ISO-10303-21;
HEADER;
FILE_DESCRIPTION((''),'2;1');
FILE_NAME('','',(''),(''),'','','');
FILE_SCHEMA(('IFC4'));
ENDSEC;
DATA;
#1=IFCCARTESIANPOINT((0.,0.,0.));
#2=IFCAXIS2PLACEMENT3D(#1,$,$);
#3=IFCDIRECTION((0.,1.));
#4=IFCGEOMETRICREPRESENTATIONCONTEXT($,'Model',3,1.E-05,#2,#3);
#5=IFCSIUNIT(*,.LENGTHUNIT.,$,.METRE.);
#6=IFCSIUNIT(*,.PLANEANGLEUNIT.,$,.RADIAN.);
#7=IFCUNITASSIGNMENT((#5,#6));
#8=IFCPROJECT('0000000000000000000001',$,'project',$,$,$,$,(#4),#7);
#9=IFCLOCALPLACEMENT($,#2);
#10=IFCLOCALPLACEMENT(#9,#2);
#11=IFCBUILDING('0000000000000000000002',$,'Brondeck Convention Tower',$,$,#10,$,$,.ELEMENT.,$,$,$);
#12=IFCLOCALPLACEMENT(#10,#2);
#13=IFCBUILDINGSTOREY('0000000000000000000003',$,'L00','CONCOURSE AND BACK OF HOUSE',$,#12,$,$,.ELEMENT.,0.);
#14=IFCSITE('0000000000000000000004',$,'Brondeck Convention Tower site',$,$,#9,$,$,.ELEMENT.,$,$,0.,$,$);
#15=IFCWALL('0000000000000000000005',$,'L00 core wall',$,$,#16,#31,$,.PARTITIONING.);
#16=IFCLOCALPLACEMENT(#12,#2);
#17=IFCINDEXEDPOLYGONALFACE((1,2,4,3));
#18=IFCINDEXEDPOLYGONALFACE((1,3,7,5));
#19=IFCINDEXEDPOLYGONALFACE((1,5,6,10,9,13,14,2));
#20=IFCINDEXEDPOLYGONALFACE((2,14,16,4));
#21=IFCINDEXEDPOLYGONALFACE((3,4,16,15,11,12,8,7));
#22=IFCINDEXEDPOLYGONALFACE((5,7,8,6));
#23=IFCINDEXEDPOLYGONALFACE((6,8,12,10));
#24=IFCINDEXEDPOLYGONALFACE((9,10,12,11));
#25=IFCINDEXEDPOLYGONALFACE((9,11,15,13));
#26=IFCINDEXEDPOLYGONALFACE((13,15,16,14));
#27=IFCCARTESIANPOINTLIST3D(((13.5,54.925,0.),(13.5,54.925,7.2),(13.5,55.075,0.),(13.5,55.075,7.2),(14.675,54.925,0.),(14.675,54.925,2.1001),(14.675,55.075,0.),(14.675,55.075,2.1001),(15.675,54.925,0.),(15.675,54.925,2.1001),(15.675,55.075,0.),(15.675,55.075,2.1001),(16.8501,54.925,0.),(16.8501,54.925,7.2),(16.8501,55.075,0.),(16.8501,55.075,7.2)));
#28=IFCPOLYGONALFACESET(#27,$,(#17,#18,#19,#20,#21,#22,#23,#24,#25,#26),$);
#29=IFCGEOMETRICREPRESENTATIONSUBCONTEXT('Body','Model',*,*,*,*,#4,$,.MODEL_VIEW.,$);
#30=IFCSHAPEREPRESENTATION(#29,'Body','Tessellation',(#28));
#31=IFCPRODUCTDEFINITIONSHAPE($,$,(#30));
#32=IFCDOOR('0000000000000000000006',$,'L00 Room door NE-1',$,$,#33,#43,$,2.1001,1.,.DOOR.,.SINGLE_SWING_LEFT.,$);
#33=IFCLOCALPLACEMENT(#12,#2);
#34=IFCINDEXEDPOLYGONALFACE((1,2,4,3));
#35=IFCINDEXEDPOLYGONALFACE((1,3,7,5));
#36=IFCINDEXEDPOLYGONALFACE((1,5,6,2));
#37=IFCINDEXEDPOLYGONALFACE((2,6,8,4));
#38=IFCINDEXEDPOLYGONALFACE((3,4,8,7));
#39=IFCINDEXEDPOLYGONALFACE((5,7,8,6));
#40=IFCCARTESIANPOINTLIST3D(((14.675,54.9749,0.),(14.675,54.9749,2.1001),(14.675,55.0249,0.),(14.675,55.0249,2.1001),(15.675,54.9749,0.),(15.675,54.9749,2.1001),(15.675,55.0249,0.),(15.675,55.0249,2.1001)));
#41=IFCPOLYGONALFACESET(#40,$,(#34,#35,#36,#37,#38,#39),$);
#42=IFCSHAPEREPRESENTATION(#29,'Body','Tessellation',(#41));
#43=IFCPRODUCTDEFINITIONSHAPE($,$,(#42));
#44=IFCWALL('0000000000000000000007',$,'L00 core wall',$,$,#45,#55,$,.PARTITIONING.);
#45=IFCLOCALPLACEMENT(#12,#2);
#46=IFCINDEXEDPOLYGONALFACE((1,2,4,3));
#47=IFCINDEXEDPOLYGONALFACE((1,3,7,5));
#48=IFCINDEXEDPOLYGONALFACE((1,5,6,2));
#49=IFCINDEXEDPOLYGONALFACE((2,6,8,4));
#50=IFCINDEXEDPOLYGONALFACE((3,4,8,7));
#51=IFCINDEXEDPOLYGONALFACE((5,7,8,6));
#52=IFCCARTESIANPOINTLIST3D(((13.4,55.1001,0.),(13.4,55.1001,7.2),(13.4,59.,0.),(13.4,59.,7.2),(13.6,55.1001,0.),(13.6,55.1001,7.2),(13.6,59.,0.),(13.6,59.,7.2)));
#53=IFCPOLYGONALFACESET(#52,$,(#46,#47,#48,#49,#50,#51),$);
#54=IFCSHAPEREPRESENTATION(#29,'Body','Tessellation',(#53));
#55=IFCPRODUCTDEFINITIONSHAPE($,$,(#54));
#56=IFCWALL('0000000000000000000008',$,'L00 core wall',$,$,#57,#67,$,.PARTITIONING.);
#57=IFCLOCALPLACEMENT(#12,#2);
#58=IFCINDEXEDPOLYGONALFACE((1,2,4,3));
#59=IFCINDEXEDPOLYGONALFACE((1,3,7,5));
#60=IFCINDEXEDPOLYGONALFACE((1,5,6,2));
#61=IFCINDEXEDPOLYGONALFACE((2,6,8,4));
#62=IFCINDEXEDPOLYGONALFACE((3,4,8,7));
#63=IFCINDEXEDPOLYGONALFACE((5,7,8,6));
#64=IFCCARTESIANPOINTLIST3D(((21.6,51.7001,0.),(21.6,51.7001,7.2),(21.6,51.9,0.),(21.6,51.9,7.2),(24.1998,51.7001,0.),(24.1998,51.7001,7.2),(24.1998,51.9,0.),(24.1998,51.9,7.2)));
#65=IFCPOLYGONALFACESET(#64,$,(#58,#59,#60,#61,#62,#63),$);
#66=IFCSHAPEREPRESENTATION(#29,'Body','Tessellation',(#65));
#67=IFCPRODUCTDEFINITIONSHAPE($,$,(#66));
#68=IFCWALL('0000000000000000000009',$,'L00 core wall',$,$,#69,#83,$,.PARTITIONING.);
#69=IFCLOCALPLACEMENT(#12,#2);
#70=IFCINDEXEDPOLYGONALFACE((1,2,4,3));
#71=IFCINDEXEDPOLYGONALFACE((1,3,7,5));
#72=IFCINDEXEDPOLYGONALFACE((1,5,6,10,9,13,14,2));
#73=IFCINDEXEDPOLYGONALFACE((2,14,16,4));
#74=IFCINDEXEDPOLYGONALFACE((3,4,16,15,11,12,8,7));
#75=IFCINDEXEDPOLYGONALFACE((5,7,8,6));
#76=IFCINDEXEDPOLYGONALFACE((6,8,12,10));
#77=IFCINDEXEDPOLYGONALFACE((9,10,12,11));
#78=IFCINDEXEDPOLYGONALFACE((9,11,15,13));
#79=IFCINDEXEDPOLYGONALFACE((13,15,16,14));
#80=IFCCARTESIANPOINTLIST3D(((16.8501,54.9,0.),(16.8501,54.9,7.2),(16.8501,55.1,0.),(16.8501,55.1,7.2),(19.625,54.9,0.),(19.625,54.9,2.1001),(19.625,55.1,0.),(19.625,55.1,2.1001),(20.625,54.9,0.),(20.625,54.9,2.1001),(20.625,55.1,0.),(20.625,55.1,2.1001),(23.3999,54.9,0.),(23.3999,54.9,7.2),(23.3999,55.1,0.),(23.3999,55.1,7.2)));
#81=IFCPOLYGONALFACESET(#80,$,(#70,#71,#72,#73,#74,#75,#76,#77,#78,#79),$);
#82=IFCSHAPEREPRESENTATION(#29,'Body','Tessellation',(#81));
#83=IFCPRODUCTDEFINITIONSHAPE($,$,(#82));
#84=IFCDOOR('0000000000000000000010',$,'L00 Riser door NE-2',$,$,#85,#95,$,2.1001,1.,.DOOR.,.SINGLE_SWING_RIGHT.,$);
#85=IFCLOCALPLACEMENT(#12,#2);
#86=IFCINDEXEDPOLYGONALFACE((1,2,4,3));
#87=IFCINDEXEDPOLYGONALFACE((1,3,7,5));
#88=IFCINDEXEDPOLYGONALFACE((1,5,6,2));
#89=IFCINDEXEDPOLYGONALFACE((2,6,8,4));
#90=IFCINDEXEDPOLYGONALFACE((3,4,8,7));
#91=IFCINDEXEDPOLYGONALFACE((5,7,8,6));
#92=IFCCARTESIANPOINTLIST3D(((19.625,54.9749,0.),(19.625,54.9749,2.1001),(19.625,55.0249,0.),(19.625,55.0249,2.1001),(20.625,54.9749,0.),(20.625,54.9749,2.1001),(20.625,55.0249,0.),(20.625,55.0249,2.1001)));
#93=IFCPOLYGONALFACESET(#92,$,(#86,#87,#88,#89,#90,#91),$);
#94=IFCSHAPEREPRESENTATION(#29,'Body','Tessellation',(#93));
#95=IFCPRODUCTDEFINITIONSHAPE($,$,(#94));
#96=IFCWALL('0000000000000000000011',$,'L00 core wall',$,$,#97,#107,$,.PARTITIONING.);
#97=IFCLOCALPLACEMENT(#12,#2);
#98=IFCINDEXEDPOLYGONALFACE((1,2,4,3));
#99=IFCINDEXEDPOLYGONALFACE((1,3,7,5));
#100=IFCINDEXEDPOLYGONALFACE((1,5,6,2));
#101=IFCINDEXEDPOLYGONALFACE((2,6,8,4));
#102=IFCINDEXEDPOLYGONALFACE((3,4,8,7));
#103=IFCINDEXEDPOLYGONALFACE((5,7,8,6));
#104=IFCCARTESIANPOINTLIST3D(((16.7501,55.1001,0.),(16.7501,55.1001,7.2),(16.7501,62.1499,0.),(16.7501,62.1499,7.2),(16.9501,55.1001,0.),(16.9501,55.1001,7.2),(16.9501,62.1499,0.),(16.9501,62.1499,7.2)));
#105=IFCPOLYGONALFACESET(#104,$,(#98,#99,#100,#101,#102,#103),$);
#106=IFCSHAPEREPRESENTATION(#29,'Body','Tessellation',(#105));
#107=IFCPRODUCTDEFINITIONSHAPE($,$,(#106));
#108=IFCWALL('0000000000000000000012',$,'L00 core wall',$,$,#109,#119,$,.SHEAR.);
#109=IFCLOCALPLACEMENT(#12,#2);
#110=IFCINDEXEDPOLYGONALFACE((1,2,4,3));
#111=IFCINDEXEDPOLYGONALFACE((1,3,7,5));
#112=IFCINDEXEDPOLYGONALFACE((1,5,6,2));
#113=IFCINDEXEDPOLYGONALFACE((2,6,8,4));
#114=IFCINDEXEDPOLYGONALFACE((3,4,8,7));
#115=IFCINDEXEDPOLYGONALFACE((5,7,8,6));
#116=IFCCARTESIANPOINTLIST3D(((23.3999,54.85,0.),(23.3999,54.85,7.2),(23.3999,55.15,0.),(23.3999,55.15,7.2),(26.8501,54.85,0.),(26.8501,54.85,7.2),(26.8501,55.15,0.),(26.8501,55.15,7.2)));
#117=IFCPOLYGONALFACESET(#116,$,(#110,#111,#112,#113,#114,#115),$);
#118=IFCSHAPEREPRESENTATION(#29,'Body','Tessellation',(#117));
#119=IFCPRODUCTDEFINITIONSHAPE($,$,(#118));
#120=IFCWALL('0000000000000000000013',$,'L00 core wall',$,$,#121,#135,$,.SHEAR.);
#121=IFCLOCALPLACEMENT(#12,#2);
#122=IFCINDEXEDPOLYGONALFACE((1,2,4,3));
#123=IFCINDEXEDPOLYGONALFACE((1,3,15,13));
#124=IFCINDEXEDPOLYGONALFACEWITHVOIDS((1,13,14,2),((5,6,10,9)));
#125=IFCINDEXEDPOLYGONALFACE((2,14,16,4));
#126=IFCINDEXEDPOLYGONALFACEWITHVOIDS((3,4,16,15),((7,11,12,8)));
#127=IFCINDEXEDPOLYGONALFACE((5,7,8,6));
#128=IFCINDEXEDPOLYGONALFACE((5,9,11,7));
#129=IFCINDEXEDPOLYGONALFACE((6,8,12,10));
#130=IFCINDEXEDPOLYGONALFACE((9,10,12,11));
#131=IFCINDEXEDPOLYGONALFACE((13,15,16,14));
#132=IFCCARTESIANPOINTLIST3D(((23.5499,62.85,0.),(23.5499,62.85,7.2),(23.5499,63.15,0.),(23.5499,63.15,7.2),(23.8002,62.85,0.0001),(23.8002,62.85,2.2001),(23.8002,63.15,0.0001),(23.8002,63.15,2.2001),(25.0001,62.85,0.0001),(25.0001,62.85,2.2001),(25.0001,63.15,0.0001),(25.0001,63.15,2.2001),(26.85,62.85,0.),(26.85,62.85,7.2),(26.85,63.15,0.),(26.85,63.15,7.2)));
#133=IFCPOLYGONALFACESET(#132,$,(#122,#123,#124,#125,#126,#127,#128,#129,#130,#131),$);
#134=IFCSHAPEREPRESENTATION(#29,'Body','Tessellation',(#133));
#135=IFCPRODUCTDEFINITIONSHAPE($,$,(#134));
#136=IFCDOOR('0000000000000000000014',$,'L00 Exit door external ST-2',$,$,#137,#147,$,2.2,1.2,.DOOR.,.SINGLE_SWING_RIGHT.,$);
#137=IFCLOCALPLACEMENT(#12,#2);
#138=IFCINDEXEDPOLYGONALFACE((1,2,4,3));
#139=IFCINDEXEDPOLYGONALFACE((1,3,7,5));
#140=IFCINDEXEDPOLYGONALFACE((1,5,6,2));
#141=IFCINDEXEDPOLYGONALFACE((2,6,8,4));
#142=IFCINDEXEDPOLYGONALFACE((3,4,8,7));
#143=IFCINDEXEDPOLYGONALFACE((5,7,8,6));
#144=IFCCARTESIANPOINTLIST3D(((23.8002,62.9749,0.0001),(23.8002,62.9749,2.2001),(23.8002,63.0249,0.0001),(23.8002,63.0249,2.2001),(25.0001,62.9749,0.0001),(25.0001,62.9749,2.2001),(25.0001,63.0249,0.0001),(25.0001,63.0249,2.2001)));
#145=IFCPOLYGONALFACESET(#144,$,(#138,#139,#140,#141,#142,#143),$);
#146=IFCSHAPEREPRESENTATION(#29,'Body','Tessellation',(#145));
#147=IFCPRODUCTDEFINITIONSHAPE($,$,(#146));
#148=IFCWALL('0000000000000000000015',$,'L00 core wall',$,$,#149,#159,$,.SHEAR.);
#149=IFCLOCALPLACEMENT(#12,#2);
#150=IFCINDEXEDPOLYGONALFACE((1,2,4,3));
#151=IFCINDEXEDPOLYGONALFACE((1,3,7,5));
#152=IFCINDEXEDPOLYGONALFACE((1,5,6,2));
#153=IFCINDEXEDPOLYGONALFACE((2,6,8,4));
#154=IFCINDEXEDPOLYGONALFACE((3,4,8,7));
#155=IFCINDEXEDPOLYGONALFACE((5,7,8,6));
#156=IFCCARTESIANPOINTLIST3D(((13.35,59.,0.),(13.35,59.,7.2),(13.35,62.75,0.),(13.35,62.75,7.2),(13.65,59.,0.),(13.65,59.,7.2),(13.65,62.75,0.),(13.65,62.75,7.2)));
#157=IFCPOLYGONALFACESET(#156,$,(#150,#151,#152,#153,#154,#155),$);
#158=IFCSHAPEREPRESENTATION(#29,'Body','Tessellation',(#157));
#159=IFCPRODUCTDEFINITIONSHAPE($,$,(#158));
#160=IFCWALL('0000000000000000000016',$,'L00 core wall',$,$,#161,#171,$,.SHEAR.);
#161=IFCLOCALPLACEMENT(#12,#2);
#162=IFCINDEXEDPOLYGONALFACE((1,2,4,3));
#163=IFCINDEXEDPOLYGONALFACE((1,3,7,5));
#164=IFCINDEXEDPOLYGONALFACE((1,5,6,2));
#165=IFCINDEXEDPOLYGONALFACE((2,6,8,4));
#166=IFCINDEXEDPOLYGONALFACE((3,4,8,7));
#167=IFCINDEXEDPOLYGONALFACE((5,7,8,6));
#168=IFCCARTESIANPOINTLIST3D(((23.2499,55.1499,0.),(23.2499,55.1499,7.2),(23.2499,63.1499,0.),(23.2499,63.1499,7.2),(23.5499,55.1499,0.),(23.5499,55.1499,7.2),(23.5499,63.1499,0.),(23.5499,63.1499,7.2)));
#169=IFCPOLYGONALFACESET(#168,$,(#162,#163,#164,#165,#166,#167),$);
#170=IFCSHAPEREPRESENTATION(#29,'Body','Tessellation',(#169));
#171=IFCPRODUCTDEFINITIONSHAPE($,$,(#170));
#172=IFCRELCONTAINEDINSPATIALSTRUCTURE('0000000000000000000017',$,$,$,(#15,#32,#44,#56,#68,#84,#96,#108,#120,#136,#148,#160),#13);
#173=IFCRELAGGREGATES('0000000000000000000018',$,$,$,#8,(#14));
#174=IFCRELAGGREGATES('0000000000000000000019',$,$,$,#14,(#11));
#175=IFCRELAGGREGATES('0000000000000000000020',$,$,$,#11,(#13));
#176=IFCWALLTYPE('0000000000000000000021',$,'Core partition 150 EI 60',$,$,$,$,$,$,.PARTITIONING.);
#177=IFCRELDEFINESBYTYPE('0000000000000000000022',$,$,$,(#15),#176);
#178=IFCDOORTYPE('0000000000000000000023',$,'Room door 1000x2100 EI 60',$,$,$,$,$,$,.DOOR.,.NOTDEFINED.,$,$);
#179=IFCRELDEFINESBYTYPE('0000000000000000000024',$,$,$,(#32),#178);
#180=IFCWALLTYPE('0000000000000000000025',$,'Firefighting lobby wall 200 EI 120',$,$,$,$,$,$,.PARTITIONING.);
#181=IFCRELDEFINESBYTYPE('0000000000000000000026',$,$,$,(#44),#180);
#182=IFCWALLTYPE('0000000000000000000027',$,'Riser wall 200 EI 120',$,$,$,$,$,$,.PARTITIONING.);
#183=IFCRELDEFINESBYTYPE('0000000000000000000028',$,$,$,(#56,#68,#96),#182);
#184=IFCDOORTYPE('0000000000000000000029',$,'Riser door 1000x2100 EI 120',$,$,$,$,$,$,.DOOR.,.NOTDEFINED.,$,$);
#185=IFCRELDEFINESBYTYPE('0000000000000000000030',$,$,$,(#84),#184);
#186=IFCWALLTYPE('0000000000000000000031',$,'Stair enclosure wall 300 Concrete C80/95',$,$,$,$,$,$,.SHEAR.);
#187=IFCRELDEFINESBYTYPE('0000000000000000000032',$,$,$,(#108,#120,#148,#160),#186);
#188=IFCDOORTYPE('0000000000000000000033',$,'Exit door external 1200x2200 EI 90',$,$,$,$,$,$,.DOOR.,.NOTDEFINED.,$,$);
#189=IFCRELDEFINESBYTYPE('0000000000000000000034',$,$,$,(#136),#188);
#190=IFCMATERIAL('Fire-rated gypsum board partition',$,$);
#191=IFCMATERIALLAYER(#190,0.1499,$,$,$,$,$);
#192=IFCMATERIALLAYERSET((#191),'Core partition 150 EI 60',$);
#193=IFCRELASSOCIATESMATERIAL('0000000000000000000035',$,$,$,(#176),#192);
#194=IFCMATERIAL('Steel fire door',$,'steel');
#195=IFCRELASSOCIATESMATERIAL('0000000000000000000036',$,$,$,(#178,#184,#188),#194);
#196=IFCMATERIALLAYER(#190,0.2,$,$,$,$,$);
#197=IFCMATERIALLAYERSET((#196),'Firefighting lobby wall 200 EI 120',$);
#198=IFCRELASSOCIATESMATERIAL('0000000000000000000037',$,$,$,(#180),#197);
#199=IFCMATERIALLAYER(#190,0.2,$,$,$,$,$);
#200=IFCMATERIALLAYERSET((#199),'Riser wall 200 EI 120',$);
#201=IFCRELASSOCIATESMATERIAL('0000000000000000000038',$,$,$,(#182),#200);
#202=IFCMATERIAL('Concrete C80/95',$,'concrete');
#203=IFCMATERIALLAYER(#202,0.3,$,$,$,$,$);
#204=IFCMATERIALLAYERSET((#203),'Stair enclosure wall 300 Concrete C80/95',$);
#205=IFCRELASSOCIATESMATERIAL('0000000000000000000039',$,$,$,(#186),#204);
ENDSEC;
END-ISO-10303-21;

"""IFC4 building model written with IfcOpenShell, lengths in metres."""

from ifc_helpers import new_model, si_unit, direction, frame, frame_2d, origin, place, context, subcontext, project, spatial, rectangle, extrude, material, layer, layer_set, type_object, element, fill, save


model = new_model("IFC4")

# Units and contexts
model_context = context("Model", 3, precision=1e-05, world=origin(), true_north=direction((0.0, 1.0)))
body_context = subcontext(model_context, "Body", "Model", "MODEL_VIEW")
ifc_project = project(units=[si_unit("LENGTHUNIT", "METRE"), si_unit("PLANEANGLEUNIT", "RADIAN")], contexts=[model_context])

# Site, building, storey
site_placement = place(None, origin())
site = spatial("IfcSite", under=ifc_project, at=site_placement, Name="Brondeck Convention Tower site", CompositionType="ELEMENT", RefElevation=0.0)
building_placement = place(site_placement, origin())
building = spatial("IfcBuilding", under=site, at=building_placement, Name="Brondeck Convention Tower", CompositionType="ELEMENT")
storey_placement = place(building_placement, origin())
storey = spatial("IfcBuildingStorey", under=building, at=storey_placement, Name="L00", Description="CONCOURSE AND BACK OF HOUSE", CompositionType="ELEMENT", Elevation=0.0)

# Shared definitions
ifc_material_1 = material(Name="Concrete C80/95", Category="concrete")

# Wall, opening, door
ifc_material_2 = material(Name="Fire-rated gypsum board partition")
ifc_layer_1 = layer(ifc_material_2, 0.1499)
ifc_layer_set_1 = layer_set([ifc_layer_1], Name="Core partition 150 EI 60")
wall_type_1 = type_object("IfcWallType", Name="Core partition 150 EI 60", PredefinedType="PARTITIONING", material=ifc_layer_set_1)
wall_1_placement = place(storey_placement, frame((13.5, 55.0, 0.0), z_axis=(0.0, 0.0, 1.0), x_axis=(1.0, 0.0, 0.0)))
wall_1 = element("IfcWall", 1, at=wall_1_placement, inside=storey, type_object=wall_type_1, Name="L00 core wall", PredefinedType="PARTITIONING", context=body_context, shape_type="SweptSolid", body=[
    extrude(rectangle(XDim=3.3501, YDim=0.1499, at=frame_2d((1.675, 0.0))), origin(), (0.0, 0.0, 1.0), 7.2),
])
opening_1_placement = place(wall_1_placement, frame((1.175, 0.0, 0.0)))
opening_1 = element("IfcOpeningElement", 2, at=opening_1_placement, cuts=wall_1, PredefinedType="OPENING", context=body_context, shape_type="SweptSolid", body=[
    extrude(rectangle(XDim=1.0, YDim=2.1001, at=frame_2d((0.5, 1.05))), frame((0.0, 0.085, 0.0), z_axis=(0.0, -1.0, 0.0), x_axis=(1.0, 0.0, 0.0)), (0.0, 0.0, 1.0), 0.1699),
])
ifc_material_3 = material(Name="Steel fire door", Category="steel")
door_type_1 = type_object("IfcDoorType", Name="Room door 1000x2100 EI 60", OperationType="NOTDEFINED", PredefinedType="DOOR", material=ifc_material_3)
door_1_placement = place(opening_1_placement, origin())
door_1 = element("IfcDoor", 3, at=door_1_placement, inside=storey, type_object=door_type_1, Name="L00 Room door NE-1", OperationType="SINGLE_SWING_LEFT", OverallHeight=2.1001, OverallWidth=1.0, PredefinedType="DOOR", context=body_context, shape_type="SweptSolid", body=[
    extrude(rectangle(XDim=1.0, YDim=2.1001, at=frame_2d((0.5, 1.05))), frame((0.0, 0.0249, 0.0), z_axis=(0.0, -1.0, 0.0), x_axis=(1.0, 0.0, 0.0)), (0.0, 0.0, 1.0), 0.05),
])
fill(opening_1, door_1)

# Walls
ifc_layer_2 = layer(ifc_material_2, 0.2)
ifc_layer_set_2 = layer_set([ifc_layer_2], Name="Firefighting lobby wall 200 EI 120")
wall_type_2 = type_object("IfcWallType", Name="Firefighting lobby wall 200 EI 120", PredefinedType="PARTITIONING", material=ifc_layer_set_2)
wall_2_placement = place(storey_placement, frame((13.5, 55.1001, 0.0), z_axis=(0.0, 0.0, 1.0), x_axis=(0.0, 1.0, 0.0)))
element("IfcWall", 4, at=wall_2_placement, inside=storey, type_object=wall_type_2, Name="L00 core wall", PredefinedType="PARTITIONING", context=body_context, shape_type="SweptSolid", body=[
    extrude(rectangle(XDim=3.8999, YDim=0.2, at=frame_2d((1.95, 0.0))), origin(), (0.0, 0.0, 1.0), 7.2),
])
ifc_layer_3 = layer(ifc_material_2, 0.2)
ifc_layer_set_3 = layer_set([ifc_layer_3], Name="Riser wall 200 EI 120")
wall_type_3 = type_object("IfcWallType", Name="Riser wall 200 EI 120", PredefinedType="PARTITIONING", material=ifc_layer_set_3)
wall_3_placement = place(storey_placement, frame((21.6001, 51.8, 0.0), z_axis=(0.0, 0.0, 1.0), x_axis=(1.0, 0.0, 0.0)))
element("IfcWall", 5, at=wall_3_placement, inside=storey, type_object=wall_type_3, Name="L00 core wall", PredefinedType="PARTITIONING", context=body_context, shape_type="SweptSolid", body=[
    extrude(rectangle(XDim=2.5999, YDim=0.2, at=frame_2d((1.2998, 0.0))), origin(), (0.0, 0.0, 1.0), 7.2),
])

# Wall, opening, door
wall_4_placement = place(storey_placement, frame((16.8501, 55.0, 0.0), z_axis=(0.0, 0.0, 1.0), x_axis=(1.0, 0.0, 0.0)))
wall_4 = element("IfcWall", 6, at=wall_4_placement, inside=storey, type_object=wall_type_3, Name="L00 core wall", PredefinedType="PARTITIONING", context=body_context, shape_type="SweptSolid", body=[
    extrude(rectangle(XDim=6.5498, YDim=0.2, at=frame_2d((3.2749, 0.0))), origin(), (0.0, 0.0, 1.0), 7.2),
])
opening_2_placement = place(wall_4_placement, frame((2.7749, 0.0, 0.0)))
opening_2 = element("IfcOpeningElement", 7, at=opening_2_placement, cuts=wall_4, PredefinedType="OPENING", context=body_context, shape_type="SweptSolid", body=[
    extrude(rectangle(XDim=1.0, YDim=2.1001, at=frame_2d((0.5, 1.05))), frame((0.0, 0.1099, 0.0), z_axis=(0.0, -1.0, 0.0), x_axis=(1.0, 0.0, 0.0)), (0.0, 0.0, 1.0), 0.22),
])
door_type_2 = type_object("IfcDoorType", Name="Riser door 1000x2100 EI 120", OperationType="NOTDEFINED", PredefinedType="DOOR", material=ifc_material_3)
door_2_placement = place(opening_2_placement, origin())
door_2 = element("IfcDoor", 8, at=door_2_placement, inside=storey, type_object=door_type_2, Name="L00 Riser door NE-2", OperationType="SINGLE_SWING_RIGHT", OverallHeight=2.1001, OverallWidth=1.0, PredefinedType="DOOR", context=body_context, shape_type="SweptSolid", body=[
    extrude(rectangle(XDim=1.0, YDim=2.1001, at=frame_2d((0.5, 1.05))), frame((0.0, 0.0249, 0.0), z_axis=(0.0, -1.0, 0.0), x_axis=(1.0, 0.0, 0.0)), (0.0, 0.0, 1.0), 0.05),
])
fill(opening_2, door_2)

# Walls
wall_5_placement = place(storey_placement, frame((16.8501, 55.1001, 0.0), z_axis=(0.0, 0.0, 1.0), x_axis=(0.0, 1.0, 0.0)))
element("IfcWall", 9, at=wall_5_placement, inside=storey, type_object=wall_type_3, Name="L00 core wall", PredefinedType="PARTITIONING", context=body_context, shape_type="SweptSolid", body=[
    extrude(rectangle(XDim=7.0498, YDim=0.2, at=frame_2d((3.5249, 0.0))), origin(), (0.0, 0.0, 1.0), 7.2),
])
ifc_layer_4 = layer(ifc_material_1, 0.3)
ifc_layer_set_4 = layer_set([ifc_layer_4], Name="Stair enclosure wall 300 Concrete C80/95")
wall_type_4 = type_object("IfcWallType", Name="Stair enclosure wall 300 Concrete C80/95", PredefinedType="SHEAR", material=ifc_layer_set_4)
wall_6_placement = place(storey_placement, frame((23.3999, 55.0, 0.0), z_axis=(0.0, 0.0, 1.0), x_axis=(1.0, 0.0, 0.0)))
element("IfcWall", 10, at=wall_6_placement, inside=storey, type_object=wall_type_4, Name="L00 core wall", PredefinedType="SHEAR", context=body_context, shape_type="SweptSolid", body=[
    extrude(rectangle(XDim=3.4502, YDim=0.3, at=frame_2d((1.7251, 0.0))), origin(), (0.0, 0.0, 1.0), 7.2),
])

# Wall, opening, door
wall_7_placement = place(storey_placement, frame((23.55, 63.0, 0.0), z_axis=(0.0, 0.0, 1.0), x_axis=(1.0, 0.0, 0.0)))
wall_7 = element("IfcWall", 11, at=wall_7_placement, inside=storey, type_object=wall_type_4, Name="L00 core wall", PredefinedType="SHEAR", context=body_context, shape_type="SweptSolid", body=[
    extrude(rectangle(XDim=3.3, YDim=0.3, at=frame_2d((1.6499, 0.0))), origin(), (0.0, 0.0, 1.0), 7.2),
])
opening_3_placement = place(wall_7_placement, frame((0.25, 0.0, 0.0)))
opening_3 = element("IfcOpeningElement", 12, at=opening_3_placement, cuts=wall_7, PredefinedType="OPENING", context=body_context, shape_type="SweptSolid", body=[
    extrude(rectangle(XDim=1.2, YDim=2.2, at=frame_2d((0.6001, 1.1001))), frame((0.0, 0.1599, 0.0), z_axis=(0.0, -1.0, 0.0), x_axis=(1.0, 0.0, 0.0)), (0.0, 0.0, 1.0), 0.3201),
])
door_type_3 = type_object("IfcDoorType", Name="Exit door external 1200x2200 EI 90", OperationType="NOTDEFINED", PredefinedType="DOOR", material=ifc_material_3)
door_3_placement = place(opening_3_placement, origin())
door_3 = element("IfcDoor", 13, at=door_3_placement, inside=storey, type_object=door_type_3, Name="L00 Exit door external ST-2", OperationType="SINGLE_SWING_RIGHT", OverallHeight=2.2, OverallWidth=1.2, PredefinedType="DOOR", context=body_context, shape_type="SweptSolid", body=[
    extrude(rectangle(XDim=1.2, YDim=2.2, at=frame_2d((0.6001, 1.1001))), frame((0.0, 0.0249, 0.0), z_axis=(0.0, -1.0, 0.0), x_axis=(1.0, 0.0, 0.0)), (0.0, 0.0, 1.0), 0.05),
])
fill(opening_3, door_3)

# Walls
wall_8_placement = place(storey_placement, frame((13.5, 59.0, 0.0), z_axis=(0.0, 0.0, 1.0), x_axis=(0.0, 1.0, 0.0)))
element("IfcWall", 14, at=wall_8_placement, inside=storey, type_object=wall_type_4, Name="L00 core wall", PredefinedType="SHEAR", context=body_context, shape_type="SweptSolid", body=[
    extrude(rectangle(XDim=3.75, YDim=0.3, at=frame_2d((1.875, 0.0))), origin(), (0.0, 0.0, 1.0), 7.2),
])
wall_9_placement = place(storey_placement, frame((23.3999, 55.1499, 0.0), z_axis=(0.0, 0.0, 1.0), x_axis=(0.0, 1.0, 0.0)))
element("IfcWall", 15, at=wall_9_placement, inside=storey, type_object=wall_type_4, Name="L00 core wall", PredefinedType="SHEAR", context=body_context, shape_type="SweptSolid", body=[
    extrude(rectangle(XDim=8.0, YDim=0.3, at=frame_2d((4.0, 0.0))), origin(), (0.0, 0.0, 1.0), 7.2),
])

save(model, "model.ifc")
